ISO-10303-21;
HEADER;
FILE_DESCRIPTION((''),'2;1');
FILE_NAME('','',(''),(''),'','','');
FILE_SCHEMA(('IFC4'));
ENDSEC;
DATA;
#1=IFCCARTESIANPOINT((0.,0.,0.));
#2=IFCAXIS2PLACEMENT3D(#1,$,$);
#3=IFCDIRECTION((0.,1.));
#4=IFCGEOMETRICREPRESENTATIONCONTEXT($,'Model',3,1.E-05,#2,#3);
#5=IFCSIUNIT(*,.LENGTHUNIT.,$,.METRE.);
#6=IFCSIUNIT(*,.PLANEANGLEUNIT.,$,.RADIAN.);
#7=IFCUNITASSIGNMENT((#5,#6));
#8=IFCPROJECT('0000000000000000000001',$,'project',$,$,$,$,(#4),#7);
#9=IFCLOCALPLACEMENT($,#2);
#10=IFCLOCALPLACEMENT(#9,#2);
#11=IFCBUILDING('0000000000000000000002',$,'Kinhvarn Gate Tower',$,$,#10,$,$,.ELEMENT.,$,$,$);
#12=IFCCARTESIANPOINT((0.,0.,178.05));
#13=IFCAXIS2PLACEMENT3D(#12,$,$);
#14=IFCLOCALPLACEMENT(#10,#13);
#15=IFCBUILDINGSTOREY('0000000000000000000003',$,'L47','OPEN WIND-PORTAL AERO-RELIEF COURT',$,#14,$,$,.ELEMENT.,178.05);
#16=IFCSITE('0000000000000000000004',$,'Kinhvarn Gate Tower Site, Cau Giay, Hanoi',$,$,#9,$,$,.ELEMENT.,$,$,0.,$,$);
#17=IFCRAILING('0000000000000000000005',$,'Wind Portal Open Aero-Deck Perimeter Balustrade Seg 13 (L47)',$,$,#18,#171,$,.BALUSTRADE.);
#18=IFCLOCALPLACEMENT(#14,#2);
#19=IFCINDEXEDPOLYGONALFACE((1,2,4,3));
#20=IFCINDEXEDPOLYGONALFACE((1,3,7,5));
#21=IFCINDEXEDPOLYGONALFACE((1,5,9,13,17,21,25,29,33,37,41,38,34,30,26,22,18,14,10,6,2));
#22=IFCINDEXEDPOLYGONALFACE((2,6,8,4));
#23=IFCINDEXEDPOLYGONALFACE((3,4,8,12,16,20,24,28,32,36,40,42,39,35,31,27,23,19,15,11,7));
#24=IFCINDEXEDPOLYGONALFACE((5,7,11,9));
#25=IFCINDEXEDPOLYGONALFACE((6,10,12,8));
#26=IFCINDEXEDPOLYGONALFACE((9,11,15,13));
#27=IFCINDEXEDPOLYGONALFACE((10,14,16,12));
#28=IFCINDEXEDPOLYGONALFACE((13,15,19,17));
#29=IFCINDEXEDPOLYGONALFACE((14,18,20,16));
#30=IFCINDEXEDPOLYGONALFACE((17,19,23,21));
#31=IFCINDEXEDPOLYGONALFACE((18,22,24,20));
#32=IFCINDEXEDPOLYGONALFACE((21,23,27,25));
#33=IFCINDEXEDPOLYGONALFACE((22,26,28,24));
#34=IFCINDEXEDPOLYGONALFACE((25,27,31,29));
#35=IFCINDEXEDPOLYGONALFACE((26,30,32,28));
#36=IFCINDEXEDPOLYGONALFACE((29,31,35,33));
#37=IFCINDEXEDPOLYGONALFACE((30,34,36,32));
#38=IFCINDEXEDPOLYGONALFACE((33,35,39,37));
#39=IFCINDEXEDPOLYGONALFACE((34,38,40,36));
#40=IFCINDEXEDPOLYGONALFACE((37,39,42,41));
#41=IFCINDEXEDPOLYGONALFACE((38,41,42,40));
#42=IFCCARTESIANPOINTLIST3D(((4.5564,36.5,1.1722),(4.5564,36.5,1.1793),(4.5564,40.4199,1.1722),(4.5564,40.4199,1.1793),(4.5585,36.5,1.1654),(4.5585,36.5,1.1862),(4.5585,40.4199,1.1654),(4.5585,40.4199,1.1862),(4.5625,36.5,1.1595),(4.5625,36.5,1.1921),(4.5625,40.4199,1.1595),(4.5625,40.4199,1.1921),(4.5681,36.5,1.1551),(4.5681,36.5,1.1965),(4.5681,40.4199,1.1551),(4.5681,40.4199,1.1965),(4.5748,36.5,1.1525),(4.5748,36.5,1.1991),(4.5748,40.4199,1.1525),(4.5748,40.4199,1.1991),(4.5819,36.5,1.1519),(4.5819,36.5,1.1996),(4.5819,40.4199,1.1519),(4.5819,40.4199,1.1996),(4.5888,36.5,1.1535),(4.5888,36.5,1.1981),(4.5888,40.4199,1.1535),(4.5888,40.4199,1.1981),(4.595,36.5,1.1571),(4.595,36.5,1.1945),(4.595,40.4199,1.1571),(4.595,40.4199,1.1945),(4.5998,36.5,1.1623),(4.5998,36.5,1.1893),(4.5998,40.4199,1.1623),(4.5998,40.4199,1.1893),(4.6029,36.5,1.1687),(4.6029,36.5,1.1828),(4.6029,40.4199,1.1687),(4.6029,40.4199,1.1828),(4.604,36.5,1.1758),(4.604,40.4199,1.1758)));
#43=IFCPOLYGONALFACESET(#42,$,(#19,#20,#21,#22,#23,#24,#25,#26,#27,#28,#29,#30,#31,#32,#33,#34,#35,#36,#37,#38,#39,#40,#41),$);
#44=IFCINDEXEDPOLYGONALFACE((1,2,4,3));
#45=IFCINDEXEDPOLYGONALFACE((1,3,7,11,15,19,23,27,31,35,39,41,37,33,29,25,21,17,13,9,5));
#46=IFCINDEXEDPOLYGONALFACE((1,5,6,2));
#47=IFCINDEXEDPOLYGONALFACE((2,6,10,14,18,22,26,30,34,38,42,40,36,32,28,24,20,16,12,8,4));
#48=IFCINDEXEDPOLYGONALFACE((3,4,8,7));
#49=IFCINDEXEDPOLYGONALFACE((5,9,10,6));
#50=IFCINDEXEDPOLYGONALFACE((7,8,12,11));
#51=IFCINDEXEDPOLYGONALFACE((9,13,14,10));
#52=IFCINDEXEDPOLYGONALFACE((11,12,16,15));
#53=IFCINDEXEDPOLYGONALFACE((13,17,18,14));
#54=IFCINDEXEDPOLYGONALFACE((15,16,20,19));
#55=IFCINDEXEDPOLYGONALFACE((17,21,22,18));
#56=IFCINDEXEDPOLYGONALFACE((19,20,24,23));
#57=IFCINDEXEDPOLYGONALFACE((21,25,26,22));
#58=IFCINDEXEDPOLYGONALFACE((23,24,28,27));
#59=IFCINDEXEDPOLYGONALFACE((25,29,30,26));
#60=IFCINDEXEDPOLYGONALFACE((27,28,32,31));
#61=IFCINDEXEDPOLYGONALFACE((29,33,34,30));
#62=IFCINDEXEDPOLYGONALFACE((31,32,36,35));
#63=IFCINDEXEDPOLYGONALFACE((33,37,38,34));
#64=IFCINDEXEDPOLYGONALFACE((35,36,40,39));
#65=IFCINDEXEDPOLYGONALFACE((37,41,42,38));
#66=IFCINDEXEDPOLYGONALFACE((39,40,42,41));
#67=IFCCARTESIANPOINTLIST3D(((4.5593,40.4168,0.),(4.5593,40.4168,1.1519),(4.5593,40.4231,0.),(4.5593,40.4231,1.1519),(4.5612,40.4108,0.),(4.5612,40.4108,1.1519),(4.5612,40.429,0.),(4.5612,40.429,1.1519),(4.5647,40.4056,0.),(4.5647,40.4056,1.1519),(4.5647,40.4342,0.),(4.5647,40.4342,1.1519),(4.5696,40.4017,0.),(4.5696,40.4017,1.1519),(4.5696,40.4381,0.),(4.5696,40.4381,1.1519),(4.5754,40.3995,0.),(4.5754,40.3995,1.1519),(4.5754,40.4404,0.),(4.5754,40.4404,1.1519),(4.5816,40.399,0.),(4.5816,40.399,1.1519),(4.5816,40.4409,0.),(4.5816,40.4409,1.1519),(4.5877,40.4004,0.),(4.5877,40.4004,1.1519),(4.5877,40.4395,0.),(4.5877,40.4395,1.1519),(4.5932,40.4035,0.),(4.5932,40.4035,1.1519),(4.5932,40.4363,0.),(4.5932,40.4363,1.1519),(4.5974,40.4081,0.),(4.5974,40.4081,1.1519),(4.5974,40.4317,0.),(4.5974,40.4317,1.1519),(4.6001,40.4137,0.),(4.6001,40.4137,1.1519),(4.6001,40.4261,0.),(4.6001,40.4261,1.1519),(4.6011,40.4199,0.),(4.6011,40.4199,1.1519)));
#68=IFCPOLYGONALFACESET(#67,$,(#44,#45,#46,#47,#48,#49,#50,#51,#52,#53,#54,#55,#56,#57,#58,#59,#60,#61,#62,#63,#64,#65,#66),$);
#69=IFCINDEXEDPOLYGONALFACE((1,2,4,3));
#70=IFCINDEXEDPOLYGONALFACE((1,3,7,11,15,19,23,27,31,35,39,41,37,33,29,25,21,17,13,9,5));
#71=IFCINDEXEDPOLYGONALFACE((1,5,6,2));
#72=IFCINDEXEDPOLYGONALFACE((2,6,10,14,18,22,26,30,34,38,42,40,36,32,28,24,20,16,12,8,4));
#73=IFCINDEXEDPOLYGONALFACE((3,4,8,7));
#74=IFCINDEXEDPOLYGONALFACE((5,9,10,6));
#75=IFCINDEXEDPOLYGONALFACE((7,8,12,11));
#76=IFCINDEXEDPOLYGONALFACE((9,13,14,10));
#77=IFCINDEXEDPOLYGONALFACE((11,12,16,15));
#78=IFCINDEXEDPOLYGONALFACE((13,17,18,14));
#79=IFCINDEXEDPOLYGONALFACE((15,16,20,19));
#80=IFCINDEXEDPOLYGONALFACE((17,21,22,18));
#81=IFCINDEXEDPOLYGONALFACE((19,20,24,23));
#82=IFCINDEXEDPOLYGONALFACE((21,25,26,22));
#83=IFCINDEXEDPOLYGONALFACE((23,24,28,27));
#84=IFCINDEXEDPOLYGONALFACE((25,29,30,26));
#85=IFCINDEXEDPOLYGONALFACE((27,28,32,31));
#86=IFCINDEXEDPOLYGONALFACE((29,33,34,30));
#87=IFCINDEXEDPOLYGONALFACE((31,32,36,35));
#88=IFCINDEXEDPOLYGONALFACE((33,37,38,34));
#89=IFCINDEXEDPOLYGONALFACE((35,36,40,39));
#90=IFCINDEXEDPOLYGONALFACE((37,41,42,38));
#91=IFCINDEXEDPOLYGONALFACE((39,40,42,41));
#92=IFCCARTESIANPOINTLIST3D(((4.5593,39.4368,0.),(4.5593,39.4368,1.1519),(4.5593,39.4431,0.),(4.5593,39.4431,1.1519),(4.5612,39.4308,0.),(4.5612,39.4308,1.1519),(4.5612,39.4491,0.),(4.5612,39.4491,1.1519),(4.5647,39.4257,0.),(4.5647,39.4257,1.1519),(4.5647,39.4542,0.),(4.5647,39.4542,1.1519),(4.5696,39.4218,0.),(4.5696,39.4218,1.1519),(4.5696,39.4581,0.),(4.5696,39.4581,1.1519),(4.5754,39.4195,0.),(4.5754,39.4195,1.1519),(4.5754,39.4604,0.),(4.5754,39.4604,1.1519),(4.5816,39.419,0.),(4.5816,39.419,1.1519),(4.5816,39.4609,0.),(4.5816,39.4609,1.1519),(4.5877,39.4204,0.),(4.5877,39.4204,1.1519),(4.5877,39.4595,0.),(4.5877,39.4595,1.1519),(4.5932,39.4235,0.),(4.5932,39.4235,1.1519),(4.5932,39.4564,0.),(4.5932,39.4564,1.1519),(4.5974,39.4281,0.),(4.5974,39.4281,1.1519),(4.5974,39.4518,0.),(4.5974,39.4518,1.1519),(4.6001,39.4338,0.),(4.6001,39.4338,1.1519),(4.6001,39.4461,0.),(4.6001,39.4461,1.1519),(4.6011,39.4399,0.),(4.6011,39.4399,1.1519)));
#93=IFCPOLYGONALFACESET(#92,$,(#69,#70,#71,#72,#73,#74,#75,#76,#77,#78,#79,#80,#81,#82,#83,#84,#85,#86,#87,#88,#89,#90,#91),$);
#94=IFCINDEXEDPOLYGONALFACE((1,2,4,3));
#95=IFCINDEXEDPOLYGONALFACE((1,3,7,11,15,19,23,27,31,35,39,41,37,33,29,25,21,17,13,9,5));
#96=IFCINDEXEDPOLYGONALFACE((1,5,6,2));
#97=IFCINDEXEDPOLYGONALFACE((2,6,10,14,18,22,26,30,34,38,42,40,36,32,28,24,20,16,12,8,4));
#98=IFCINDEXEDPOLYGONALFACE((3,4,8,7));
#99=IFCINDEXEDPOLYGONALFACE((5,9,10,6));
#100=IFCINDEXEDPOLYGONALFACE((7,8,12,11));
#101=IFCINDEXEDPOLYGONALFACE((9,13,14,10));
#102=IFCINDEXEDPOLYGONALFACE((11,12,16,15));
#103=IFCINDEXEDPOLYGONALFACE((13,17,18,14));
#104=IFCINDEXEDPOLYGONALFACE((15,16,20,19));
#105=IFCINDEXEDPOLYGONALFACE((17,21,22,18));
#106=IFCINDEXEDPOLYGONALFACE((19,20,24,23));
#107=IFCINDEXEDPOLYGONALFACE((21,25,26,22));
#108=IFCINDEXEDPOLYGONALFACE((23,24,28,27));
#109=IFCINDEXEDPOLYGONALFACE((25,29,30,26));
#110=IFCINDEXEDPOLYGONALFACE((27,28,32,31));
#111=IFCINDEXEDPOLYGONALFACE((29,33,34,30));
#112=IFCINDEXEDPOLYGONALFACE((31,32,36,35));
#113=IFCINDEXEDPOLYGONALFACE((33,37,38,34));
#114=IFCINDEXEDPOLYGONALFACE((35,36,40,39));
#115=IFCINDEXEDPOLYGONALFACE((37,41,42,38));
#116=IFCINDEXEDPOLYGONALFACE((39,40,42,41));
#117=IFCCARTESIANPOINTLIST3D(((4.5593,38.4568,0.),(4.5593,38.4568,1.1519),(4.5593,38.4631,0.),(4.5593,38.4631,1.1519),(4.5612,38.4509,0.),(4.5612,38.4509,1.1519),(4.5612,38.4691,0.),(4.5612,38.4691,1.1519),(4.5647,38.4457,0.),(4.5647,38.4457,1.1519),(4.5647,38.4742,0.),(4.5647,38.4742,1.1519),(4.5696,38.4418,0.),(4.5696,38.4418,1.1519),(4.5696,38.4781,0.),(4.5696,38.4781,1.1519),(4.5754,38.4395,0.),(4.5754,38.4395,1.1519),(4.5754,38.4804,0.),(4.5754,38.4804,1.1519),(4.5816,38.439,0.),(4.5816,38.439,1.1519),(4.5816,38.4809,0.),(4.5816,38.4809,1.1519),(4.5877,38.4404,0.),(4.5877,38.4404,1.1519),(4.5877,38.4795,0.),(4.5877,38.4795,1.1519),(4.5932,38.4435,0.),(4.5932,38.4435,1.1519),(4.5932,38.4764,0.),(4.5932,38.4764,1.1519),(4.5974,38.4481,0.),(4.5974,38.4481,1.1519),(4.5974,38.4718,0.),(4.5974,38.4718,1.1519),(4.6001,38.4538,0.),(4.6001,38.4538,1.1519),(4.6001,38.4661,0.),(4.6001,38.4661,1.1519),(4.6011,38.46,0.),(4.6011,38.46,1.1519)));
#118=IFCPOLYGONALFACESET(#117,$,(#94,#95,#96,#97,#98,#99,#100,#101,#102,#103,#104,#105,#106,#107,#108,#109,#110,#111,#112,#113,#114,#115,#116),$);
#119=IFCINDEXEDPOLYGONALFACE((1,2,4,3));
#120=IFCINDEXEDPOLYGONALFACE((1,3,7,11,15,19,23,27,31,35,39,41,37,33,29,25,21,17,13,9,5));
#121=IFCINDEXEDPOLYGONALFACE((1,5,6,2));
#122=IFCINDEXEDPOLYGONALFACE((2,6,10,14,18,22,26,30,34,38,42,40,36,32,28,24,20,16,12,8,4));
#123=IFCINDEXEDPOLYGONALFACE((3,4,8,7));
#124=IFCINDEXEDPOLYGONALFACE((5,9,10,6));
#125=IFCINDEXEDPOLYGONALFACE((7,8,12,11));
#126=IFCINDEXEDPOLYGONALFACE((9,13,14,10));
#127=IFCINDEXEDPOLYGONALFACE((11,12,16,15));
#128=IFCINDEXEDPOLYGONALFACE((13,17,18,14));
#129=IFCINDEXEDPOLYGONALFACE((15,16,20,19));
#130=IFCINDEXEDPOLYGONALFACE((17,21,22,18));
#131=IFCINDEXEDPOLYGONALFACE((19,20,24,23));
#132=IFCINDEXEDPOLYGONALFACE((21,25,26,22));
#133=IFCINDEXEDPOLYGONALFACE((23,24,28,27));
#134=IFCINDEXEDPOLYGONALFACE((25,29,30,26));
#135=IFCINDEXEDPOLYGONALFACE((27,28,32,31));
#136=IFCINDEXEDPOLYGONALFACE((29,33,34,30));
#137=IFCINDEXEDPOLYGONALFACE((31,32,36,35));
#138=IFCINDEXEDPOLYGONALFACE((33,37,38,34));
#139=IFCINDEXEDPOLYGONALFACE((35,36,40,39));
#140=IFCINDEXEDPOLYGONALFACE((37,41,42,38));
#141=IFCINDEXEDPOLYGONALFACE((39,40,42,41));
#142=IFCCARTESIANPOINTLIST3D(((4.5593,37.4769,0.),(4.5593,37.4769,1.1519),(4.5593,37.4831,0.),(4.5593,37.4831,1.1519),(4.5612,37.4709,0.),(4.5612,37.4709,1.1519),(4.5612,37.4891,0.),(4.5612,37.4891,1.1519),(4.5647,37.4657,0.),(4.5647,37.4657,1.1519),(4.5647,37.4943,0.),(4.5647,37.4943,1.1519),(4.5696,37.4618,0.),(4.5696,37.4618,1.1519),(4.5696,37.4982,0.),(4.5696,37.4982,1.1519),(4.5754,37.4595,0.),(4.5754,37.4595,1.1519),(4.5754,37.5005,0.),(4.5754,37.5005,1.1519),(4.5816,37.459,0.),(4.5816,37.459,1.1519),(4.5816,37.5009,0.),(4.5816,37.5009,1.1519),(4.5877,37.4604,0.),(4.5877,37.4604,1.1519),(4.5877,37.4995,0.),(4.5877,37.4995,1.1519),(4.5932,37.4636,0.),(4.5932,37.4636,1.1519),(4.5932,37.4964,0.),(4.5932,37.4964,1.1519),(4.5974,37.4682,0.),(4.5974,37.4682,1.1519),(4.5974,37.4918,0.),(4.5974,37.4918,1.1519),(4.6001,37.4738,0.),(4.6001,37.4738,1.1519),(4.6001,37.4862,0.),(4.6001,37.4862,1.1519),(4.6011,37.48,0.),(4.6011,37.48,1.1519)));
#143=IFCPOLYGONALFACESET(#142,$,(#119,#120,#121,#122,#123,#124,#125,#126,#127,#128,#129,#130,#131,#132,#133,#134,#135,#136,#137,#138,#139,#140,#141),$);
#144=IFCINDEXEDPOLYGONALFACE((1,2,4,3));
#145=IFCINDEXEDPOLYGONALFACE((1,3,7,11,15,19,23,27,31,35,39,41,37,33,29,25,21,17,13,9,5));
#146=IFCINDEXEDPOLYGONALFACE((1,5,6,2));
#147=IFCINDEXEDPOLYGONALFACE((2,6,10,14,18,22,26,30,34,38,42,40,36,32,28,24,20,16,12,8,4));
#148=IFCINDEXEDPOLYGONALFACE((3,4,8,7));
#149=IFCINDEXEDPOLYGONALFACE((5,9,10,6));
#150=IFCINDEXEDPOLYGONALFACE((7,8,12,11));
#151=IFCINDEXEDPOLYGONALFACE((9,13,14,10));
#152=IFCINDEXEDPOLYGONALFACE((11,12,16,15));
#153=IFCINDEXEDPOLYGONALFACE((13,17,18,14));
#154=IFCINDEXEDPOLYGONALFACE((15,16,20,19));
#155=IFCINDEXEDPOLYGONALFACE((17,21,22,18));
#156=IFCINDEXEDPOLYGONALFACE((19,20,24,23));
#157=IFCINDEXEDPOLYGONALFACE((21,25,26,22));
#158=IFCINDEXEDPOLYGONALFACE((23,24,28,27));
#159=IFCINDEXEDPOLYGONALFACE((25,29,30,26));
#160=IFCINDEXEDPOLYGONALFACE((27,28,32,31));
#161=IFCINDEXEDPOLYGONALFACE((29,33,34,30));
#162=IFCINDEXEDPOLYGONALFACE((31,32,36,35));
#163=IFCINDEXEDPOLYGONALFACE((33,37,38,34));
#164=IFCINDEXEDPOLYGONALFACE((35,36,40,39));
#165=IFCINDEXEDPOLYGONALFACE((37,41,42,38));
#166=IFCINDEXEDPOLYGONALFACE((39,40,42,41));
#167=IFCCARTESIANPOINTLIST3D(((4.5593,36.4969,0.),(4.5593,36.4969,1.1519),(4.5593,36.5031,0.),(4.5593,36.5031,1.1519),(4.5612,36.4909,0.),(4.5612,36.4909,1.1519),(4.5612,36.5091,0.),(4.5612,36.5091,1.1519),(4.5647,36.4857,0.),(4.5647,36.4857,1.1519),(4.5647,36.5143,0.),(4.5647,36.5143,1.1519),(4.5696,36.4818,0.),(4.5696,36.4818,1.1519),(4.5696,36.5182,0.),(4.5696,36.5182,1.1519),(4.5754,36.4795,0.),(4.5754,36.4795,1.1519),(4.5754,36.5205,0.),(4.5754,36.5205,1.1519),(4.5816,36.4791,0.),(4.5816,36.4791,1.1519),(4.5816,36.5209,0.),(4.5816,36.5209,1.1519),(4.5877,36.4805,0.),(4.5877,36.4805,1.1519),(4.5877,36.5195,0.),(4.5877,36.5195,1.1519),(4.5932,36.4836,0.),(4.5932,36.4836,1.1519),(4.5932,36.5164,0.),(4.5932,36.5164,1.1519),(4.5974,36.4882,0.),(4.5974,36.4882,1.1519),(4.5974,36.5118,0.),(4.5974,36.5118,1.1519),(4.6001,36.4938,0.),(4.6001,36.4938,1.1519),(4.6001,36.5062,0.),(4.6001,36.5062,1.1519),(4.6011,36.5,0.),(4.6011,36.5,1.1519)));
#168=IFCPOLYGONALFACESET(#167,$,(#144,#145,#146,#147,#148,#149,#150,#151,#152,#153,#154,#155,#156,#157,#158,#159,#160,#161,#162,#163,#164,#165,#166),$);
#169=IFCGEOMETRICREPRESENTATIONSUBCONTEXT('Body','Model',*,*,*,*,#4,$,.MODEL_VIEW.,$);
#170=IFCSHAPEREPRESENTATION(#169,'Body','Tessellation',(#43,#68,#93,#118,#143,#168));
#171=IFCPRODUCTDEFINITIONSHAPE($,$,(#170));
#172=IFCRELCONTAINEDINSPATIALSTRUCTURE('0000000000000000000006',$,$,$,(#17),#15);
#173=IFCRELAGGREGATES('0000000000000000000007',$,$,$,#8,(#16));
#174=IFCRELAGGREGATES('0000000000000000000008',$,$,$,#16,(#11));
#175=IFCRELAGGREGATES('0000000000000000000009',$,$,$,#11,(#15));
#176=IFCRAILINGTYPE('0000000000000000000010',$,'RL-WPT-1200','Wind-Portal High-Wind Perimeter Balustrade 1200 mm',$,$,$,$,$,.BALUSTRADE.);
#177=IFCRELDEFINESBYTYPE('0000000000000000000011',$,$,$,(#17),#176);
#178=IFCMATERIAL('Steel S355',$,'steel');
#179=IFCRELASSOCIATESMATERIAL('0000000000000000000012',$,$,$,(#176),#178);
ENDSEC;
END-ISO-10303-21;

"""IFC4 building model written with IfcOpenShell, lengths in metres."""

from ifc_helpers import new_model, si_unit, direction, frame, origin, origin_2d, place, context, subcontext, project, spatial, circle, extrude, material, type_object, element, save


model = new_model("IFC4")

# Units and contexts
model_context = context("Model", 3, precision=1e-05, world=origin(), true_north=direction((0.0, 1.0)))
body_context = subcontext(model_context, "Body", "Model", "MODEL_VIEW")
ifc_project = project(units=[si_unit("LENGTHUNIT", "METRE"), si_unit("PLANEANGLEUNIT", "RADIAN")], contexts=[model_context])

# Site, building, storey
site_placement = place(None, origin())
site = spatial("IfcSite", under=ifc_project, at=site_placement, Name="Kinhvarn Gate Tower Site, Cau Giay, Hanoi", CompositionType="ELEMENT", RefElevation=0.0)
building_placement = place(site_placement, origin())
building = spatial("IfcBuilding", under=site, at=building_placement, Name="Kinhvarn Gate Tower", CompositionType="ELEMENT")
storey_placement = place(building_placement, frame((0.0, 0.0, 178.05)))
storey = spatial("IfcBuildingStorey", under=building, at=storey_placement, Name="L47", Description="OPEN WIND-PORTAL AERO-RELIEF COURT", CompositionType="ELEMENT", Elevation=178.05)

# Shared definitions
ifc_material_1 = material(Name="Steel S355", Category="steel")

# Railing
railing_type_1 = type_object("IfcRailingType", Name="RL-WPT-1200", Description="Wind-Portal High-Wind Perimeter Balustrade 1200 mm", PredefinedType="BALUSTRADE", material=ifc_material_1)
railing_1_placement = place(storey_placement, frame((4.5801, 40.4199, 0.0)))
element("IfcRailing", 1, at=railing_1_placement, inside=storey, type_object=railing_type_1, Name="Wind Portal Open Aero-Deck Perimeter Balustrade Seg 13 (L47)", PredefinedType="BALUSTRADE", context=body_context, shape_type="SweptSolid", body=[
    extrude(circle(Radius=0.0239, at=origin_2d()), frame((0.0, 0.0, 1.1758), z_axis=(0.0, -1.0, 0.0), x_axis=(1.0, 0.0, 0.0)), (0.0, 0.0, 1.0), 3.9199),
    extrude(circle(Radius=0.021, at=origin_2d()), origin(), (0.0, 0.0, 1.0), 1.1519),
    extrude(circle(Radius=0.021, at=origin_2d()), frame((0.0, -0.98, 0.0)), (0.0, 0.0, 1.0), 1.1519),
    extrude(circle(Radius=0.021, at=origin_2d()), frame((0.0, -1.96, 0.0)), (0.0, 0.0, 1.0), 1.1519),
    extrude(circle(Radius=0.021, at=origin_2d()), frame((0.0, -2.9399, 0.0)), (0.0, 0.0, 1.0), 1.1519),
    extrude(circle(Radius=0.021, at=origin_2d()), frame((0.0, -3.9199, 0.0)), (0.0, 0.0, 1.0), 1.1519),
])

save(model, "model.ifc")
